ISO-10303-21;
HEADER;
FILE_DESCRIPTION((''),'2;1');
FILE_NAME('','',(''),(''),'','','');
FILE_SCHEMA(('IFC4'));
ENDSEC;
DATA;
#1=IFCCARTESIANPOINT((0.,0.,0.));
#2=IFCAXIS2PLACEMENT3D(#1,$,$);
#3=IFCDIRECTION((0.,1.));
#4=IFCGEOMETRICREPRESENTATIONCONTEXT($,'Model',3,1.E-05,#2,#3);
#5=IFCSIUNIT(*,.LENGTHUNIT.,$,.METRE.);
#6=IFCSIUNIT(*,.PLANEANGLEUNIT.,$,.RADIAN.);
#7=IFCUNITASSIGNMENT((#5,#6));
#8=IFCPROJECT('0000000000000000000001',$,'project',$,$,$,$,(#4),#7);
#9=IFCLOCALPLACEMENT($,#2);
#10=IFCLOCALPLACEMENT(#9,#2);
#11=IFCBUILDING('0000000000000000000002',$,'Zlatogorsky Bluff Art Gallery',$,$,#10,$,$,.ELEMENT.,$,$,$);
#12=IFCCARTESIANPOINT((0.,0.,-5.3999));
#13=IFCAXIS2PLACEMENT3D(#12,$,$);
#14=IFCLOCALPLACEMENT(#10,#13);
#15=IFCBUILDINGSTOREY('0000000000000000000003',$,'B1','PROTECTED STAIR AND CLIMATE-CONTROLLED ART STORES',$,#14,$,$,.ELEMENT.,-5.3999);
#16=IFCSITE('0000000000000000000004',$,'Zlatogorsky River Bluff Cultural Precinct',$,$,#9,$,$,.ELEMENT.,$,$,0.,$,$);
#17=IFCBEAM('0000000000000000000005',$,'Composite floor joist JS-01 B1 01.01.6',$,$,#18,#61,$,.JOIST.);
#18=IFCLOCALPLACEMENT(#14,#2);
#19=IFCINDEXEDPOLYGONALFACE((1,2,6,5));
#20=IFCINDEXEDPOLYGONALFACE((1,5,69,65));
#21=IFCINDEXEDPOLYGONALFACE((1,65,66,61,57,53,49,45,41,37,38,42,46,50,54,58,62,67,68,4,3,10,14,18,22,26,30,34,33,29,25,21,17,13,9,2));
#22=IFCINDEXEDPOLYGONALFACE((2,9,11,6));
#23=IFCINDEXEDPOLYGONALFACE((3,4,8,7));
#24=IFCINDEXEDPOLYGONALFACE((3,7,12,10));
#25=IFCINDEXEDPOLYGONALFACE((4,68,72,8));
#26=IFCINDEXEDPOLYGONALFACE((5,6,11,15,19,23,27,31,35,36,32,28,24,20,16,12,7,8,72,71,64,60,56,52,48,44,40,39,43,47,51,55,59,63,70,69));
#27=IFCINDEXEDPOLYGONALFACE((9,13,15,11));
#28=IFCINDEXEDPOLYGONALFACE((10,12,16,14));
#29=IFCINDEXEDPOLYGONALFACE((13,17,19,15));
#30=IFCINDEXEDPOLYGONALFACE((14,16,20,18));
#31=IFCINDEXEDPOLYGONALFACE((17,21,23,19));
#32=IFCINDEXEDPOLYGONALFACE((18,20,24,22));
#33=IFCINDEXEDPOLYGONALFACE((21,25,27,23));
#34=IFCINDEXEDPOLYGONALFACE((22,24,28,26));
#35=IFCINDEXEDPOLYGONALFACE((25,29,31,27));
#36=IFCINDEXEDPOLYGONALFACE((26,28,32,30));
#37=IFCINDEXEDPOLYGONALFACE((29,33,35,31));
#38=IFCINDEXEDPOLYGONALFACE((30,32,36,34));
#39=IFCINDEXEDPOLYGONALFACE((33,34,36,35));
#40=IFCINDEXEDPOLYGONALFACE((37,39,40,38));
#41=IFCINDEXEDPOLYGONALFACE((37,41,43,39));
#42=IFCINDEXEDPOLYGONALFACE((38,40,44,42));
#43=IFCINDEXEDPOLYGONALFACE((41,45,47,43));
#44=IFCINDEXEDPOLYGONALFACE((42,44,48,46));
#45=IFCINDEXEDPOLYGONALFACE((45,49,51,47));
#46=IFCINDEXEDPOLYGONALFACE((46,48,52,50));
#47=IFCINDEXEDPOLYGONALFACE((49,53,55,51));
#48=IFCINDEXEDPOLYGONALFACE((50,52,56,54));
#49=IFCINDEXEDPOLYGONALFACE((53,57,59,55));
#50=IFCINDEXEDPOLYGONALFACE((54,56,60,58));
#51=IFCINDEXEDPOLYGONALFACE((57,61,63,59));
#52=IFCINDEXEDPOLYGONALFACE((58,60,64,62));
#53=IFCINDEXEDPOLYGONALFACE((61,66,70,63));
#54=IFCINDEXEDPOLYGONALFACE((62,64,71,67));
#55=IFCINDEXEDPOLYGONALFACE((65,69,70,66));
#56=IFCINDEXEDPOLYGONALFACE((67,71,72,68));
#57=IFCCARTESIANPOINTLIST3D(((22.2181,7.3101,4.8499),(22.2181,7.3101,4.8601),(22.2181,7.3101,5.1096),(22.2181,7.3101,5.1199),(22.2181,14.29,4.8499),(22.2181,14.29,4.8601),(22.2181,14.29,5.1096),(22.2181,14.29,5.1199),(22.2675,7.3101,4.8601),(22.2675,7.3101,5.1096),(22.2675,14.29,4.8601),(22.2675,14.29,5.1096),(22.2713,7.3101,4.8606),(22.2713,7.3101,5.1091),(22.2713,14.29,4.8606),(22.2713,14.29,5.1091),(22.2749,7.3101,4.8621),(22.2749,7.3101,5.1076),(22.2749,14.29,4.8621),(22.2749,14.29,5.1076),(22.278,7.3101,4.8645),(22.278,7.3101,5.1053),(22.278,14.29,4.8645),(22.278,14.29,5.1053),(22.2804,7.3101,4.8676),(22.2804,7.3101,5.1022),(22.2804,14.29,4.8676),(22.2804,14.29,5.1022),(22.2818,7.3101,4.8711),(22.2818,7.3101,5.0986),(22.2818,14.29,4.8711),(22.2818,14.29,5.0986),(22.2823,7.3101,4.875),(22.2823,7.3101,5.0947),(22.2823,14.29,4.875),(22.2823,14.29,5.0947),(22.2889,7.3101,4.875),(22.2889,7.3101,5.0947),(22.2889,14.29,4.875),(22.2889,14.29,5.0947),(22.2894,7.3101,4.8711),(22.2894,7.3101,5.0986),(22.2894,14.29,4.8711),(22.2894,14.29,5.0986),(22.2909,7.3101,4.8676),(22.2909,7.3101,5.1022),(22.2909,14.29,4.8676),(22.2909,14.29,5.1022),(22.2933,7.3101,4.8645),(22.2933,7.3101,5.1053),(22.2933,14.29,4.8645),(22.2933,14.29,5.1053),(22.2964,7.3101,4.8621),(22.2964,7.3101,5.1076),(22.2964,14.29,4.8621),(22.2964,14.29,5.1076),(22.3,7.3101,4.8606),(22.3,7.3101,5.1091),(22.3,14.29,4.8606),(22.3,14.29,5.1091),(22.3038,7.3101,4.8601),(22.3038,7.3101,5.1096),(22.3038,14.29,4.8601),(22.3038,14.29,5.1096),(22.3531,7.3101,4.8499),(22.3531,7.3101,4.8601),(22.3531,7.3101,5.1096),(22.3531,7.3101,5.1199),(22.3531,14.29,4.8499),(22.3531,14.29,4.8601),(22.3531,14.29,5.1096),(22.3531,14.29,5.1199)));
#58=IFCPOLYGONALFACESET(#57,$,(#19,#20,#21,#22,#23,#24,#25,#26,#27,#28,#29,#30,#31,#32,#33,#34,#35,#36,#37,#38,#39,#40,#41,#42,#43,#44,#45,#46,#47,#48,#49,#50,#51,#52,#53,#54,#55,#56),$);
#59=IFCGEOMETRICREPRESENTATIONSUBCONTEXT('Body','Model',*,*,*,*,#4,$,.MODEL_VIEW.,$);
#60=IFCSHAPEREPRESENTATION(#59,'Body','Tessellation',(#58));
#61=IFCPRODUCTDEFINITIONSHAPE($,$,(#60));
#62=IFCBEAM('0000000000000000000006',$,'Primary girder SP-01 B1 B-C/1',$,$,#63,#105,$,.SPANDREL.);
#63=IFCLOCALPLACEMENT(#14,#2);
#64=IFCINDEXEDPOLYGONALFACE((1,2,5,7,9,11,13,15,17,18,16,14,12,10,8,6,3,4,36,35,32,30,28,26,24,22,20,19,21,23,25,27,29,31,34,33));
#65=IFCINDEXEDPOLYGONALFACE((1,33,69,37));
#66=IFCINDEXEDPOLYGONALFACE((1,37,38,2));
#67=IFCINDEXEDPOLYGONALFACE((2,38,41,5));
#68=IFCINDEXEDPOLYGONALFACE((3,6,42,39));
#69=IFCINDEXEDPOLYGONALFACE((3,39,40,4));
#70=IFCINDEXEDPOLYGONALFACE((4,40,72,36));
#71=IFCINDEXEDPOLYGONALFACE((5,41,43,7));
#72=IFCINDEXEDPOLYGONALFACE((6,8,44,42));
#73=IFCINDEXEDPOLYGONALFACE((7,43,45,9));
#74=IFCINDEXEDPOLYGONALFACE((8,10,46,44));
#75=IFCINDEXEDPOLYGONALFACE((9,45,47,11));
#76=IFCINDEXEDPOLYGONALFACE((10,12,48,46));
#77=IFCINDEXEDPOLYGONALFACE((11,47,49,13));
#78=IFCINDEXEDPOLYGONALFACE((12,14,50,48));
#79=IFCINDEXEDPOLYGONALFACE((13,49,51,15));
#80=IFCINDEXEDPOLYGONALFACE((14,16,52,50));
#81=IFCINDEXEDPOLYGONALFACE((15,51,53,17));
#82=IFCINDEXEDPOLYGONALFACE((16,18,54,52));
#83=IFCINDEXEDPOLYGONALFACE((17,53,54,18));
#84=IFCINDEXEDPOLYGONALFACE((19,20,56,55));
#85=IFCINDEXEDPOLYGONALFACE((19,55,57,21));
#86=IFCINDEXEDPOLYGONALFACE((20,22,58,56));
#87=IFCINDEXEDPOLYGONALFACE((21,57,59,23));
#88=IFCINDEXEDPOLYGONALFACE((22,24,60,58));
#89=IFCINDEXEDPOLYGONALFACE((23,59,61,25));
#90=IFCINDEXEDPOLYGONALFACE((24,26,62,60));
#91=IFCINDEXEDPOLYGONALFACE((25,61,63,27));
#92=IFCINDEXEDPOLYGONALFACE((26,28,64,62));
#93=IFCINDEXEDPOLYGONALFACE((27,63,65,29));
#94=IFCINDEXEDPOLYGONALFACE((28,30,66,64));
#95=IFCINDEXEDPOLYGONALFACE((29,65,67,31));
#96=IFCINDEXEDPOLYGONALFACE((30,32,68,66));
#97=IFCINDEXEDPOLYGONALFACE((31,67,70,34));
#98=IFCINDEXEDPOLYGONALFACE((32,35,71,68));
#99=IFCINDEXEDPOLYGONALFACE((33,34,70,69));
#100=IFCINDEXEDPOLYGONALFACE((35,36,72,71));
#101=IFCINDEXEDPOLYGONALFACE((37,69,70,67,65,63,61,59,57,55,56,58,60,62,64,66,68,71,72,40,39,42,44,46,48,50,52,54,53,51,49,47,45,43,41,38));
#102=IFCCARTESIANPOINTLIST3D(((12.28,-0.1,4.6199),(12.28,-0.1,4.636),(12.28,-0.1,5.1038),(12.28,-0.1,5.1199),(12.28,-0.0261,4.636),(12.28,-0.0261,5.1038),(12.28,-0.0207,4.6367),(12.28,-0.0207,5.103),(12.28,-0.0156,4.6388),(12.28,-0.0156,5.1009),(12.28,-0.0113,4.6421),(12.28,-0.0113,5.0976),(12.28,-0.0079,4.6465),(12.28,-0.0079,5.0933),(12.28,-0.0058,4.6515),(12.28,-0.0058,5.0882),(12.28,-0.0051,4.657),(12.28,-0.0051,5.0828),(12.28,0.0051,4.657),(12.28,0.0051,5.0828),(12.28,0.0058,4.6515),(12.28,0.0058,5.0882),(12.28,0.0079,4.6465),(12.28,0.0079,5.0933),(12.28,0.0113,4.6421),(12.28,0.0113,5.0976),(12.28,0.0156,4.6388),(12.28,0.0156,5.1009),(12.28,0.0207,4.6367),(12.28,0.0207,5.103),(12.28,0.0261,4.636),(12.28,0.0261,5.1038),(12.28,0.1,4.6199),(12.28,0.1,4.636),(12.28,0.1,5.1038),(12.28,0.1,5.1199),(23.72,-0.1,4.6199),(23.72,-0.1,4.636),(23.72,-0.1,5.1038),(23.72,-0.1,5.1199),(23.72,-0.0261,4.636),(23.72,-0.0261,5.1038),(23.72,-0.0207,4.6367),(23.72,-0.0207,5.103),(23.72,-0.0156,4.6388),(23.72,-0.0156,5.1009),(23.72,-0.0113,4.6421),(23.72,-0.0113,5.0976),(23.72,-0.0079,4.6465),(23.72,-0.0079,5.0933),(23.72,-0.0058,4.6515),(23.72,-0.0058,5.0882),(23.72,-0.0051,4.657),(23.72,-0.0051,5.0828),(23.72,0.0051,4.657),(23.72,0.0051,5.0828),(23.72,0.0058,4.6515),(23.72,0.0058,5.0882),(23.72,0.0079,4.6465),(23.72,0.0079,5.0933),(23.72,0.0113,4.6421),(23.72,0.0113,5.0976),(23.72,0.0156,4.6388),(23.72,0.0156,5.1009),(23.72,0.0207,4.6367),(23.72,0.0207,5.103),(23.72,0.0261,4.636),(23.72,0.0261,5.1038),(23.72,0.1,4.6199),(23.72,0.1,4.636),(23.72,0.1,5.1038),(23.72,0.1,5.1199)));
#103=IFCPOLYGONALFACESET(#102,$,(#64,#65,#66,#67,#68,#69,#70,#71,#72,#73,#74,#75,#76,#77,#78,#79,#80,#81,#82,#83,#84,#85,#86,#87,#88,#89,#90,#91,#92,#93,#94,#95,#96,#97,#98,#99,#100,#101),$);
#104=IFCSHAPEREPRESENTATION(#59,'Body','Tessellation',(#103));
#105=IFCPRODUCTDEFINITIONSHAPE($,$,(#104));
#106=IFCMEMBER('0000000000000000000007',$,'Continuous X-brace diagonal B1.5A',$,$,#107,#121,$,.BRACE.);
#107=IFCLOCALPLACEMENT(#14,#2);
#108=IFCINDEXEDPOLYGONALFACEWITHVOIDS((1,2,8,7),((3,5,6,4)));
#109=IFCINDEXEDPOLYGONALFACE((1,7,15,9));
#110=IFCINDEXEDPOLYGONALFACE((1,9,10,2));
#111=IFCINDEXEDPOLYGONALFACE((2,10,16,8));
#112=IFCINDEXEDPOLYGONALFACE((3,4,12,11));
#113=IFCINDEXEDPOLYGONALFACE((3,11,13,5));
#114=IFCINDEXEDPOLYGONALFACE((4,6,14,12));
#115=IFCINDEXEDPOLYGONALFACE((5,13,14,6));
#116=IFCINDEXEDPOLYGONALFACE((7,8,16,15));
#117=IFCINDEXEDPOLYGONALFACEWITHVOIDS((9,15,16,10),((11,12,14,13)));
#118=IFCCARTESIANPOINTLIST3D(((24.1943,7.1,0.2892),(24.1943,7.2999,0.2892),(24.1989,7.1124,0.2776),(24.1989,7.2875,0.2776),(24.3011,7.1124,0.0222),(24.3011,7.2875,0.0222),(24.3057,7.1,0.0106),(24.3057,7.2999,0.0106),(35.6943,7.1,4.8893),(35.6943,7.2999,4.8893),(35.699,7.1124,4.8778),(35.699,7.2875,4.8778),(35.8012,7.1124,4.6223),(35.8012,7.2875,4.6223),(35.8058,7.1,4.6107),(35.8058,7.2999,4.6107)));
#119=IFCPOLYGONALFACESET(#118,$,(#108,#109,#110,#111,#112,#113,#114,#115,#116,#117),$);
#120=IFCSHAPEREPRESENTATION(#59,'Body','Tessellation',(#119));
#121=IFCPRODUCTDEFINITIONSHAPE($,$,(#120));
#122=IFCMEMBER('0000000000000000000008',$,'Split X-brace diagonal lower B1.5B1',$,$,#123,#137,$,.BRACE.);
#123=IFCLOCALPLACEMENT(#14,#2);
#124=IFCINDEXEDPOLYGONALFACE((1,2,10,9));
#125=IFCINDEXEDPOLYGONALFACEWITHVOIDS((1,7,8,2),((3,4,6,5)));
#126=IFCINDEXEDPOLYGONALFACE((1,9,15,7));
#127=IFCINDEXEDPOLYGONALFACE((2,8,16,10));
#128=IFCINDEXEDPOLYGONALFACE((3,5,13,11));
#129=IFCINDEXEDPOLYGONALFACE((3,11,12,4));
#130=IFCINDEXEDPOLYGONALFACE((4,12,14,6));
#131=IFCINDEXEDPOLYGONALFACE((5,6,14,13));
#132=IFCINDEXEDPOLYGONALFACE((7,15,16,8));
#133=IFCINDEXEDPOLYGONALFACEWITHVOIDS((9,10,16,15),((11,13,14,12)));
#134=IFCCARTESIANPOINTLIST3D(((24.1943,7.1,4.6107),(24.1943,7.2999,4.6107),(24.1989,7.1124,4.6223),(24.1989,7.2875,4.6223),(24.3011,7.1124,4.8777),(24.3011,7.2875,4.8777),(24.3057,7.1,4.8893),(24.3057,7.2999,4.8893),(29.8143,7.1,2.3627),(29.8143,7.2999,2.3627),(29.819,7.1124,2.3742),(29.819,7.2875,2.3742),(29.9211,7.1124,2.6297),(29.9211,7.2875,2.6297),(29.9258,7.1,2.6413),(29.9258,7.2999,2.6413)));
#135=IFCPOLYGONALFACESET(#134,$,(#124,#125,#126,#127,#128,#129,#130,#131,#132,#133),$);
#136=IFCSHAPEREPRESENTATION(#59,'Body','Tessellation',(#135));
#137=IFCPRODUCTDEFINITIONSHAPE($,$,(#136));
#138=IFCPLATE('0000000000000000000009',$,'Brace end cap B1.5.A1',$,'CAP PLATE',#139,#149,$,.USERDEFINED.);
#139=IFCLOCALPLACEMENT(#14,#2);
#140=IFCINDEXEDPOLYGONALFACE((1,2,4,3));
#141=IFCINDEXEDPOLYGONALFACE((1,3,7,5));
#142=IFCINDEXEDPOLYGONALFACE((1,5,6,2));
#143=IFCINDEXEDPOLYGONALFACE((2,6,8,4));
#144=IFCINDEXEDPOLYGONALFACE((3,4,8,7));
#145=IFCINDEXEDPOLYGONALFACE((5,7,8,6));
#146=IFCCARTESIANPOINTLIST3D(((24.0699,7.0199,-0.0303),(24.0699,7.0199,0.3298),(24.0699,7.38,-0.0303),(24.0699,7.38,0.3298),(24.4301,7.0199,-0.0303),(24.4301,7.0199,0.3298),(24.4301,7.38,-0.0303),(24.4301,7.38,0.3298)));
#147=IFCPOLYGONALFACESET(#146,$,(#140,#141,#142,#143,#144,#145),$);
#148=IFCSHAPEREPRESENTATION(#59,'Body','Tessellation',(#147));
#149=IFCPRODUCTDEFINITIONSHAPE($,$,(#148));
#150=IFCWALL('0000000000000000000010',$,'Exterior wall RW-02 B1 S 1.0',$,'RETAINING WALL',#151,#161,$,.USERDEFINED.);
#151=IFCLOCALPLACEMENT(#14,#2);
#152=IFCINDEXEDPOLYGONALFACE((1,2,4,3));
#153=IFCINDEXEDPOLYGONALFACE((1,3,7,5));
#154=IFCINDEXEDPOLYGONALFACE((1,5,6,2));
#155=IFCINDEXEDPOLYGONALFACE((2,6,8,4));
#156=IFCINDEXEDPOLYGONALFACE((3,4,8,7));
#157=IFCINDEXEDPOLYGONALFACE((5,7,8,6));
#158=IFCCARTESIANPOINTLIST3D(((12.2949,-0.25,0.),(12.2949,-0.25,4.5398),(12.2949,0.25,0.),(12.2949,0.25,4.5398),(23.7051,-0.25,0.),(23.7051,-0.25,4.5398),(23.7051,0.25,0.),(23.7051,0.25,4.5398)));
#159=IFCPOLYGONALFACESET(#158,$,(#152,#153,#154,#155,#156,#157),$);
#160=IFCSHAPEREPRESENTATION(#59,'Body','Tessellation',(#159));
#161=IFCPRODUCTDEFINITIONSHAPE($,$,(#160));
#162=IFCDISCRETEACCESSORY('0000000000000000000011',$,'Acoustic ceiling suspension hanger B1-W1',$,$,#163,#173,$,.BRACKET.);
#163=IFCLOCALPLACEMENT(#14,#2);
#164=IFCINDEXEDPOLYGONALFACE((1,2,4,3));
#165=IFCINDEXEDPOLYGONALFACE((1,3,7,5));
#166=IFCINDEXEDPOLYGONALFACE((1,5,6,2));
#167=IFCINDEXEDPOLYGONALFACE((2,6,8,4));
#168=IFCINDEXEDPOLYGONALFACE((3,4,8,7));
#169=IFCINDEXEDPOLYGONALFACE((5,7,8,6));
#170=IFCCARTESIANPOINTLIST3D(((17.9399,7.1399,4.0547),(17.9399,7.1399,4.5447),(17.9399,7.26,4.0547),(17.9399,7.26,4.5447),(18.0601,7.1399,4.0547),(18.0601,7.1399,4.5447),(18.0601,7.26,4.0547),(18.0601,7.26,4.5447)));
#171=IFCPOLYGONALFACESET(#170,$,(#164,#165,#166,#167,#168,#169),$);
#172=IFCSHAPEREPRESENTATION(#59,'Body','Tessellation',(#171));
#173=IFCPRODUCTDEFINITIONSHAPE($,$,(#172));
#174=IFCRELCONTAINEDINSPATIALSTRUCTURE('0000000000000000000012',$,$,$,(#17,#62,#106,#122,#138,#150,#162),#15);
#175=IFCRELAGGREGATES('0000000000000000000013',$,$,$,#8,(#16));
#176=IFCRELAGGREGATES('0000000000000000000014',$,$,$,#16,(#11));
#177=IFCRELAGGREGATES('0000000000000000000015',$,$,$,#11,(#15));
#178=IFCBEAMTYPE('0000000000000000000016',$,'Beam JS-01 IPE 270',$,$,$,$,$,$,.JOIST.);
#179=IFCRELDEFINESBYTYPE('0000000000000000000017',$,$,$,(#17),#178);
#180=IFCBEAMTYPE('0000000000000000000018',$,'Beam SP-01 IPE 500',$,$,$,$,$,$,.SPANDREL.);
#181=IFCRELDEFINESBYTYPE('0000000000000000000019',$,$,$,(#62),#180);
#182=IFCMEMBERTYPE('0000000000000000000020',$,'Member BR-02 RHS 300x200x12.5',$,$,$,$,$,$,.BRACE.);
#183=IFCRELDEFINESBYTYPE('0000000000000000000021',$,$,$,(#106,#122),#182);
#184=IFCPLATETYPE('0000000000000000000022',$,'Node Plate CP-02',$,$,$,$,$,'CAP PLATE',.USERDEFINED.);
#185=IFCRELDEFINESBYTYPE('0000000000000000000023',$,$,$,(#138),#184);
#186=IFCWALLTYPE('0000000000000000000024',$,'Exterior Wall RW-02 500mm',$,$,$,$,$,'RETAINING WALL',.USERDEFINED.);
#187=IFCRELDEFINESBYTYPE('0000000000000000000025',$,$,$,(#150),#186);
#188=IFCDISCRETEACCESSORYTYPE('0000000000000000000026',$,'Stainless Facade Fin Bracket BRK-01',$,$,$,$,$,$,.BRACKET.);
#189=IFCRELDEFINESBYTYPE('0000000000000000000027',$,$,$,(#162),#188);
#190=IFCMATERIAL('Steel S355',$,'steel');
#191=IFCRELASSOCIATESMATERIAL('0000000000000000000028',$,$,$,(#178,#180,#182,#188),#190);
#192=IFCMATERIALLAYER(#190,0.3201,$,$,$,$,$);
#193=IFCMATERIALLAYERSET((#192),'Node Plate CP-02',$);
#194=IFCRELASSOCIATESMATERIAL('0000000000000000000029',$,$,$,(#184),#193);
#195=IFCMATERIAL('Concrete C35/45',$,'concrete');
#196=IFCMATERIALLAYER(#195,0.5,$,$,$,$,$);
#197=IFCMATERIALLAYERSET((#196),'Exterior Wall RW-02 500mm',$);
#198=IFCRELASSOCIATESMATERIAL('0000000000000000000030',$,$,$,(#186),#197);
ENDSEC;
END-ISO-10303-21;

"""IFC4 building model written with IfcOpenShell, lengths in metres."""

from ifc_helpers import new_model, si_unit, direction, frame, frame_2d, origin, origin_2d, place, context, subcontext, project, spatial, rectangle, hollow_rectangle, i_section, extrude, material, layer, layer_set, material_profile, profile_set, type_object, element, save


model = new_model("IFC4")

# Units and contexts
model_context = context("Model", 3, precision=1e-05, world=origin(), true_north=direction((0.0, 1.0)))
body_context = subcontext(model_context, "Body", "Model", "MODEL_VIEW")
ifc_project = project(units=[si_unit("LENGTHUNIT", "METRE"), si_unit("PLANEANGLEUNIT", "RADIAN")], contexts=[model_context])

# Site, building, storey
site_placement = place(None, origin())
site = spatial("IfcSite", under=ifc_project, at=site_placement, Name="Zlatogorsky River Bluff Cultural Precinct", CompositionType="ELEMENT", RefElevation=0.0)
building_placement = place(site_placement, origin())
building = spatial("IfcBuilding", under=site, at=building_placement, Name="Zlatogorsky Bluff Art Gallery", CompositionType="ELEMENT")
storey_placement = place(building_placement, frame((0.0, 0.0, -5.3999)))
storey = spatial("IfcBuildingStorey", under=building, at=storey_placement, Name="B1", Description="PROTECTED STAIR AND CLIMATE-CONTROLLED ART STORES", CompositionType="ELEMENT", Elevation=-5.3999)

# Shared definitions
ifc_material_1 = material(Name="Concrete C35/45", Category="concrete")

# Beams
ifc_material_2 = material(Name="Steel S355", Category="steel")
ifc_material_profile_1 = material_profile(ifc_material_2, i_section(OverallWidth=0.135, OverallDepth=0.27, WebThickness=0.0066, FlangeThickness=0.0103, FilletRadius=0.0149, at=origin_2d()), Name="IPE 270")
ifc_profile_set_1 = profile_set([ifc_material_profile_1], Name="Steel S355")
beam_type_1 = type_object("IfcBeamType", Name="Beam JS-01 IPE 270", PredefinedType="JOIST", material=ifc_profile_set_1)
for number, where, z_axis, x_axis, name in (
    (1, (22.2856, 7.3101, 4.9849), (0.0, 1.0, 0.0), (-1.0, 0.0, 0.0), "Composite floor joist JS-01 B1 01.01.6"),
):
    element("IfcBeam", number, at=place(storey_placement, frame(where, z_axis=z_axis, x_axis=x_axis)), inside=storey, type_object=beam_type_1, Name=name, PredefinedType="JOIST", context=body_context, shape_type="SweptSolid", body=[
        extrude(i_section(OverallWidth=0.135, OverallDepth=0.27, WebThickness=0.0066, FlangeThickness=0.0103, FilletRadius=0.0149, at=origin_2d()), origin(), (0.0, 0.0, 1.0), 6.98),
    ])
ifc_material_profile_2 = material_profile(ifc_material_2, i_section(OverallWidth=0.2, OverallDepth=0.5, WebThickness=0.0103, FlangeThickness=0.0161, FilletRadius=0.021, at=origin_2d()), Name="IPE 500")
ifc_profile_set_2 = profile_set([ifc_material_profile_2], Name="Steel S355")
beam_type_2 = type_object("IfcBeamType", Name="Beam SP-01 IPE 500", PredefinedType="SPANDREL", material=ifc_profile_set_2)
beam_1_placement = place(storey_placement, frame((12.28, 0.0, 4.8699), z_axis=(1.0, 0.0, 0.0), x_axis=(0.0, 1.0, 0.0)))
element("IfcBeam", 2, at=beam_1_placement, inside=storey, type_object=beam_type_2, Name="Primary girder SP-01 B1 B-C/1", PredefinedType="SPANDREL", context=body_context, shape_type="SweptSolid", body=[
    extrude(i_section(OverallWidth=0.2, OverallDepth=0.5, WebThickness=0.0103, FlangeThickness=0.0161, FilletRadius=0.021, at=origin_2d()), origin(), (0.0, 0.0, 1.0), 11.4399),
])

# Members
ifc_material_profile_3 = material_profile(ifc_material_2, hollow_rectangle(XDim=0.2, YDim=0.3, WallThickness=0.0125, at=origin_2d()), Name="RHS 300x200x12.5")
ifc_profile_set_3 = profile_set([ifc_material_profile_3], Name="Steel S355")
member_type = type_object("IfcMemberType", Name="Member BR-02 RHS 300x200x12.5", PredefinedType="BRACE", material=ifc_profile_set_3)
member_1_placement = place(storey_placement, frame((24.25, 7.2, 0.1499), z_axis=(0.928474, 0.0, 0.371397), x_axis=(0.0, 1.0, 0.0)))
element("IfcMember", 3, at=member_1_placement, inside=storey, type_object=member_type, Name="Continuous X-brace diagonal B1.5A", PredefinedType="BRACE", context=body_context, shape_type="SweptSolid", body=[
    extrude(hollow_rectangle(XDim=0.2, YDim=0.3, WallThickness=0.0125, at=origin_2d()), origin(), (0.0, 0.0, 1.0), 12.386),
])
member_2_placement = place(storey_placement, frame((24.25, 7.2, 4.75), z_axis=(0.928477, 0.0, -0.371391), x_axis=(0.0, 1.0, 0.0)))
element("IfcMember", 4, at=member_2_placement, inside=storey, type_object=member_type, Name="Split X-brace diagonal lower B1.5B1", PredefinedType="BRACE", context=body_context, shape_type="SweptSolid", body=[
    extrude(hollow_rectangle(XDim=0.2, YDim=0.3, WallThickness=0.0125, at=origin_2d()), origin(), (0.0, 0.0, 1.0), 6.053),
])

# Plate
ifc_layer_1 = layer(ifc_material_2, 0.3201)
ifc_layer_set_1 = layer_set([ifc_layer_1], Name="Node Plate CP-02")
plate_type = type_object("IfcPlateType", Name="Node Plate CP-02", ElementType="CAP PLATE", PredefinedType="USERDEFINED", material=ifc_layer_set_1)
plate_placement = place(storey_placement, frame((24.25, 7.2, -0.0303), z_axis=(0.0, 0.0, 1.0), x_axis=(1.0, 0.0, 0.0)))
element("IfcPlate", 5, at=plate_placement, inside=storey, type_object=plate_type, Name="Brace end cap B1.5.A1", ObjectType="CAP PLATE", PredefinedType="USERDEFINED", context=body_context, shape_type="SweptSolid", body=[
    extrude(rectangle(XDim=0.3601, YDim=0.3601, at=origin_2d()), origin(), (0.0, 0.0, 1.0), 0.3601),
])

# Wall
ifc_layer_2 = layer(ifc_material_1, 0.5)
ifc_layer_set_2 = layer_set([ifc_layer_2], Name="Exterior Wall RW-02 500mm")
wall_type = type_object("IfcWallType", Name="Exterior Wall RW-02 500mm", ElementType="RETAINING WALL", PredefinedType="USERDEFINED", material=ifc_layer_set_2)
wall_placement = place(storey_placement, frame((12.2949, 0.0, 0.0), z_axis=(0.0, 0.0, 1.0), x_axis=(1.0, 0.0, 0.0)))
element("IfcWall", 6, at=wall_placement, inside=storey, type_object=wall_type, Name="Exterior wall RW-02 B1 S 1.0", ObjectType="RETAINING WALL", PredefinedType="USERDEFINED", context=body_context, shape_type="SweptSolid", body=[
    extrude(rectangle(XDim=11.4102, YDim=0.5, at=frame_2d((5.7051, 0.0))), origin(), (0.0, 0.0, 1.0), 4.5398),
])

# Discrete accessory
discrete_accessory_type = type_object("IfcDiscreteAccessoryType", Name="Stainless Facade Fin Bracket BRK-01", PredefinedType="BRACKET", material=ifc_material_2)
discrete_accessory_placement = place(storey_placement, frame((18.0, 7.2, 4.0547), z_axis=(0.0, 0.0, 1.0), x_axis=(1.0, 0.0, 0.0)))
element("IfcDiscreteAccessory", 7, at=discrete_accessory_placement, inside=storey, type_object=discrete_accessory_type, Name="Acoustic ceiling suspension hanger B1-W1", PredefinedType="BRACKET", context=body_context, shape_type="SweptSolid", body=[
    extrude(rectangle(XDim=0.1201, YDim=0.1201, at=origin_2d()), origin(), (0.0, 0.0, 1.0), 0.49),
])

save(model, "model.ifc")
